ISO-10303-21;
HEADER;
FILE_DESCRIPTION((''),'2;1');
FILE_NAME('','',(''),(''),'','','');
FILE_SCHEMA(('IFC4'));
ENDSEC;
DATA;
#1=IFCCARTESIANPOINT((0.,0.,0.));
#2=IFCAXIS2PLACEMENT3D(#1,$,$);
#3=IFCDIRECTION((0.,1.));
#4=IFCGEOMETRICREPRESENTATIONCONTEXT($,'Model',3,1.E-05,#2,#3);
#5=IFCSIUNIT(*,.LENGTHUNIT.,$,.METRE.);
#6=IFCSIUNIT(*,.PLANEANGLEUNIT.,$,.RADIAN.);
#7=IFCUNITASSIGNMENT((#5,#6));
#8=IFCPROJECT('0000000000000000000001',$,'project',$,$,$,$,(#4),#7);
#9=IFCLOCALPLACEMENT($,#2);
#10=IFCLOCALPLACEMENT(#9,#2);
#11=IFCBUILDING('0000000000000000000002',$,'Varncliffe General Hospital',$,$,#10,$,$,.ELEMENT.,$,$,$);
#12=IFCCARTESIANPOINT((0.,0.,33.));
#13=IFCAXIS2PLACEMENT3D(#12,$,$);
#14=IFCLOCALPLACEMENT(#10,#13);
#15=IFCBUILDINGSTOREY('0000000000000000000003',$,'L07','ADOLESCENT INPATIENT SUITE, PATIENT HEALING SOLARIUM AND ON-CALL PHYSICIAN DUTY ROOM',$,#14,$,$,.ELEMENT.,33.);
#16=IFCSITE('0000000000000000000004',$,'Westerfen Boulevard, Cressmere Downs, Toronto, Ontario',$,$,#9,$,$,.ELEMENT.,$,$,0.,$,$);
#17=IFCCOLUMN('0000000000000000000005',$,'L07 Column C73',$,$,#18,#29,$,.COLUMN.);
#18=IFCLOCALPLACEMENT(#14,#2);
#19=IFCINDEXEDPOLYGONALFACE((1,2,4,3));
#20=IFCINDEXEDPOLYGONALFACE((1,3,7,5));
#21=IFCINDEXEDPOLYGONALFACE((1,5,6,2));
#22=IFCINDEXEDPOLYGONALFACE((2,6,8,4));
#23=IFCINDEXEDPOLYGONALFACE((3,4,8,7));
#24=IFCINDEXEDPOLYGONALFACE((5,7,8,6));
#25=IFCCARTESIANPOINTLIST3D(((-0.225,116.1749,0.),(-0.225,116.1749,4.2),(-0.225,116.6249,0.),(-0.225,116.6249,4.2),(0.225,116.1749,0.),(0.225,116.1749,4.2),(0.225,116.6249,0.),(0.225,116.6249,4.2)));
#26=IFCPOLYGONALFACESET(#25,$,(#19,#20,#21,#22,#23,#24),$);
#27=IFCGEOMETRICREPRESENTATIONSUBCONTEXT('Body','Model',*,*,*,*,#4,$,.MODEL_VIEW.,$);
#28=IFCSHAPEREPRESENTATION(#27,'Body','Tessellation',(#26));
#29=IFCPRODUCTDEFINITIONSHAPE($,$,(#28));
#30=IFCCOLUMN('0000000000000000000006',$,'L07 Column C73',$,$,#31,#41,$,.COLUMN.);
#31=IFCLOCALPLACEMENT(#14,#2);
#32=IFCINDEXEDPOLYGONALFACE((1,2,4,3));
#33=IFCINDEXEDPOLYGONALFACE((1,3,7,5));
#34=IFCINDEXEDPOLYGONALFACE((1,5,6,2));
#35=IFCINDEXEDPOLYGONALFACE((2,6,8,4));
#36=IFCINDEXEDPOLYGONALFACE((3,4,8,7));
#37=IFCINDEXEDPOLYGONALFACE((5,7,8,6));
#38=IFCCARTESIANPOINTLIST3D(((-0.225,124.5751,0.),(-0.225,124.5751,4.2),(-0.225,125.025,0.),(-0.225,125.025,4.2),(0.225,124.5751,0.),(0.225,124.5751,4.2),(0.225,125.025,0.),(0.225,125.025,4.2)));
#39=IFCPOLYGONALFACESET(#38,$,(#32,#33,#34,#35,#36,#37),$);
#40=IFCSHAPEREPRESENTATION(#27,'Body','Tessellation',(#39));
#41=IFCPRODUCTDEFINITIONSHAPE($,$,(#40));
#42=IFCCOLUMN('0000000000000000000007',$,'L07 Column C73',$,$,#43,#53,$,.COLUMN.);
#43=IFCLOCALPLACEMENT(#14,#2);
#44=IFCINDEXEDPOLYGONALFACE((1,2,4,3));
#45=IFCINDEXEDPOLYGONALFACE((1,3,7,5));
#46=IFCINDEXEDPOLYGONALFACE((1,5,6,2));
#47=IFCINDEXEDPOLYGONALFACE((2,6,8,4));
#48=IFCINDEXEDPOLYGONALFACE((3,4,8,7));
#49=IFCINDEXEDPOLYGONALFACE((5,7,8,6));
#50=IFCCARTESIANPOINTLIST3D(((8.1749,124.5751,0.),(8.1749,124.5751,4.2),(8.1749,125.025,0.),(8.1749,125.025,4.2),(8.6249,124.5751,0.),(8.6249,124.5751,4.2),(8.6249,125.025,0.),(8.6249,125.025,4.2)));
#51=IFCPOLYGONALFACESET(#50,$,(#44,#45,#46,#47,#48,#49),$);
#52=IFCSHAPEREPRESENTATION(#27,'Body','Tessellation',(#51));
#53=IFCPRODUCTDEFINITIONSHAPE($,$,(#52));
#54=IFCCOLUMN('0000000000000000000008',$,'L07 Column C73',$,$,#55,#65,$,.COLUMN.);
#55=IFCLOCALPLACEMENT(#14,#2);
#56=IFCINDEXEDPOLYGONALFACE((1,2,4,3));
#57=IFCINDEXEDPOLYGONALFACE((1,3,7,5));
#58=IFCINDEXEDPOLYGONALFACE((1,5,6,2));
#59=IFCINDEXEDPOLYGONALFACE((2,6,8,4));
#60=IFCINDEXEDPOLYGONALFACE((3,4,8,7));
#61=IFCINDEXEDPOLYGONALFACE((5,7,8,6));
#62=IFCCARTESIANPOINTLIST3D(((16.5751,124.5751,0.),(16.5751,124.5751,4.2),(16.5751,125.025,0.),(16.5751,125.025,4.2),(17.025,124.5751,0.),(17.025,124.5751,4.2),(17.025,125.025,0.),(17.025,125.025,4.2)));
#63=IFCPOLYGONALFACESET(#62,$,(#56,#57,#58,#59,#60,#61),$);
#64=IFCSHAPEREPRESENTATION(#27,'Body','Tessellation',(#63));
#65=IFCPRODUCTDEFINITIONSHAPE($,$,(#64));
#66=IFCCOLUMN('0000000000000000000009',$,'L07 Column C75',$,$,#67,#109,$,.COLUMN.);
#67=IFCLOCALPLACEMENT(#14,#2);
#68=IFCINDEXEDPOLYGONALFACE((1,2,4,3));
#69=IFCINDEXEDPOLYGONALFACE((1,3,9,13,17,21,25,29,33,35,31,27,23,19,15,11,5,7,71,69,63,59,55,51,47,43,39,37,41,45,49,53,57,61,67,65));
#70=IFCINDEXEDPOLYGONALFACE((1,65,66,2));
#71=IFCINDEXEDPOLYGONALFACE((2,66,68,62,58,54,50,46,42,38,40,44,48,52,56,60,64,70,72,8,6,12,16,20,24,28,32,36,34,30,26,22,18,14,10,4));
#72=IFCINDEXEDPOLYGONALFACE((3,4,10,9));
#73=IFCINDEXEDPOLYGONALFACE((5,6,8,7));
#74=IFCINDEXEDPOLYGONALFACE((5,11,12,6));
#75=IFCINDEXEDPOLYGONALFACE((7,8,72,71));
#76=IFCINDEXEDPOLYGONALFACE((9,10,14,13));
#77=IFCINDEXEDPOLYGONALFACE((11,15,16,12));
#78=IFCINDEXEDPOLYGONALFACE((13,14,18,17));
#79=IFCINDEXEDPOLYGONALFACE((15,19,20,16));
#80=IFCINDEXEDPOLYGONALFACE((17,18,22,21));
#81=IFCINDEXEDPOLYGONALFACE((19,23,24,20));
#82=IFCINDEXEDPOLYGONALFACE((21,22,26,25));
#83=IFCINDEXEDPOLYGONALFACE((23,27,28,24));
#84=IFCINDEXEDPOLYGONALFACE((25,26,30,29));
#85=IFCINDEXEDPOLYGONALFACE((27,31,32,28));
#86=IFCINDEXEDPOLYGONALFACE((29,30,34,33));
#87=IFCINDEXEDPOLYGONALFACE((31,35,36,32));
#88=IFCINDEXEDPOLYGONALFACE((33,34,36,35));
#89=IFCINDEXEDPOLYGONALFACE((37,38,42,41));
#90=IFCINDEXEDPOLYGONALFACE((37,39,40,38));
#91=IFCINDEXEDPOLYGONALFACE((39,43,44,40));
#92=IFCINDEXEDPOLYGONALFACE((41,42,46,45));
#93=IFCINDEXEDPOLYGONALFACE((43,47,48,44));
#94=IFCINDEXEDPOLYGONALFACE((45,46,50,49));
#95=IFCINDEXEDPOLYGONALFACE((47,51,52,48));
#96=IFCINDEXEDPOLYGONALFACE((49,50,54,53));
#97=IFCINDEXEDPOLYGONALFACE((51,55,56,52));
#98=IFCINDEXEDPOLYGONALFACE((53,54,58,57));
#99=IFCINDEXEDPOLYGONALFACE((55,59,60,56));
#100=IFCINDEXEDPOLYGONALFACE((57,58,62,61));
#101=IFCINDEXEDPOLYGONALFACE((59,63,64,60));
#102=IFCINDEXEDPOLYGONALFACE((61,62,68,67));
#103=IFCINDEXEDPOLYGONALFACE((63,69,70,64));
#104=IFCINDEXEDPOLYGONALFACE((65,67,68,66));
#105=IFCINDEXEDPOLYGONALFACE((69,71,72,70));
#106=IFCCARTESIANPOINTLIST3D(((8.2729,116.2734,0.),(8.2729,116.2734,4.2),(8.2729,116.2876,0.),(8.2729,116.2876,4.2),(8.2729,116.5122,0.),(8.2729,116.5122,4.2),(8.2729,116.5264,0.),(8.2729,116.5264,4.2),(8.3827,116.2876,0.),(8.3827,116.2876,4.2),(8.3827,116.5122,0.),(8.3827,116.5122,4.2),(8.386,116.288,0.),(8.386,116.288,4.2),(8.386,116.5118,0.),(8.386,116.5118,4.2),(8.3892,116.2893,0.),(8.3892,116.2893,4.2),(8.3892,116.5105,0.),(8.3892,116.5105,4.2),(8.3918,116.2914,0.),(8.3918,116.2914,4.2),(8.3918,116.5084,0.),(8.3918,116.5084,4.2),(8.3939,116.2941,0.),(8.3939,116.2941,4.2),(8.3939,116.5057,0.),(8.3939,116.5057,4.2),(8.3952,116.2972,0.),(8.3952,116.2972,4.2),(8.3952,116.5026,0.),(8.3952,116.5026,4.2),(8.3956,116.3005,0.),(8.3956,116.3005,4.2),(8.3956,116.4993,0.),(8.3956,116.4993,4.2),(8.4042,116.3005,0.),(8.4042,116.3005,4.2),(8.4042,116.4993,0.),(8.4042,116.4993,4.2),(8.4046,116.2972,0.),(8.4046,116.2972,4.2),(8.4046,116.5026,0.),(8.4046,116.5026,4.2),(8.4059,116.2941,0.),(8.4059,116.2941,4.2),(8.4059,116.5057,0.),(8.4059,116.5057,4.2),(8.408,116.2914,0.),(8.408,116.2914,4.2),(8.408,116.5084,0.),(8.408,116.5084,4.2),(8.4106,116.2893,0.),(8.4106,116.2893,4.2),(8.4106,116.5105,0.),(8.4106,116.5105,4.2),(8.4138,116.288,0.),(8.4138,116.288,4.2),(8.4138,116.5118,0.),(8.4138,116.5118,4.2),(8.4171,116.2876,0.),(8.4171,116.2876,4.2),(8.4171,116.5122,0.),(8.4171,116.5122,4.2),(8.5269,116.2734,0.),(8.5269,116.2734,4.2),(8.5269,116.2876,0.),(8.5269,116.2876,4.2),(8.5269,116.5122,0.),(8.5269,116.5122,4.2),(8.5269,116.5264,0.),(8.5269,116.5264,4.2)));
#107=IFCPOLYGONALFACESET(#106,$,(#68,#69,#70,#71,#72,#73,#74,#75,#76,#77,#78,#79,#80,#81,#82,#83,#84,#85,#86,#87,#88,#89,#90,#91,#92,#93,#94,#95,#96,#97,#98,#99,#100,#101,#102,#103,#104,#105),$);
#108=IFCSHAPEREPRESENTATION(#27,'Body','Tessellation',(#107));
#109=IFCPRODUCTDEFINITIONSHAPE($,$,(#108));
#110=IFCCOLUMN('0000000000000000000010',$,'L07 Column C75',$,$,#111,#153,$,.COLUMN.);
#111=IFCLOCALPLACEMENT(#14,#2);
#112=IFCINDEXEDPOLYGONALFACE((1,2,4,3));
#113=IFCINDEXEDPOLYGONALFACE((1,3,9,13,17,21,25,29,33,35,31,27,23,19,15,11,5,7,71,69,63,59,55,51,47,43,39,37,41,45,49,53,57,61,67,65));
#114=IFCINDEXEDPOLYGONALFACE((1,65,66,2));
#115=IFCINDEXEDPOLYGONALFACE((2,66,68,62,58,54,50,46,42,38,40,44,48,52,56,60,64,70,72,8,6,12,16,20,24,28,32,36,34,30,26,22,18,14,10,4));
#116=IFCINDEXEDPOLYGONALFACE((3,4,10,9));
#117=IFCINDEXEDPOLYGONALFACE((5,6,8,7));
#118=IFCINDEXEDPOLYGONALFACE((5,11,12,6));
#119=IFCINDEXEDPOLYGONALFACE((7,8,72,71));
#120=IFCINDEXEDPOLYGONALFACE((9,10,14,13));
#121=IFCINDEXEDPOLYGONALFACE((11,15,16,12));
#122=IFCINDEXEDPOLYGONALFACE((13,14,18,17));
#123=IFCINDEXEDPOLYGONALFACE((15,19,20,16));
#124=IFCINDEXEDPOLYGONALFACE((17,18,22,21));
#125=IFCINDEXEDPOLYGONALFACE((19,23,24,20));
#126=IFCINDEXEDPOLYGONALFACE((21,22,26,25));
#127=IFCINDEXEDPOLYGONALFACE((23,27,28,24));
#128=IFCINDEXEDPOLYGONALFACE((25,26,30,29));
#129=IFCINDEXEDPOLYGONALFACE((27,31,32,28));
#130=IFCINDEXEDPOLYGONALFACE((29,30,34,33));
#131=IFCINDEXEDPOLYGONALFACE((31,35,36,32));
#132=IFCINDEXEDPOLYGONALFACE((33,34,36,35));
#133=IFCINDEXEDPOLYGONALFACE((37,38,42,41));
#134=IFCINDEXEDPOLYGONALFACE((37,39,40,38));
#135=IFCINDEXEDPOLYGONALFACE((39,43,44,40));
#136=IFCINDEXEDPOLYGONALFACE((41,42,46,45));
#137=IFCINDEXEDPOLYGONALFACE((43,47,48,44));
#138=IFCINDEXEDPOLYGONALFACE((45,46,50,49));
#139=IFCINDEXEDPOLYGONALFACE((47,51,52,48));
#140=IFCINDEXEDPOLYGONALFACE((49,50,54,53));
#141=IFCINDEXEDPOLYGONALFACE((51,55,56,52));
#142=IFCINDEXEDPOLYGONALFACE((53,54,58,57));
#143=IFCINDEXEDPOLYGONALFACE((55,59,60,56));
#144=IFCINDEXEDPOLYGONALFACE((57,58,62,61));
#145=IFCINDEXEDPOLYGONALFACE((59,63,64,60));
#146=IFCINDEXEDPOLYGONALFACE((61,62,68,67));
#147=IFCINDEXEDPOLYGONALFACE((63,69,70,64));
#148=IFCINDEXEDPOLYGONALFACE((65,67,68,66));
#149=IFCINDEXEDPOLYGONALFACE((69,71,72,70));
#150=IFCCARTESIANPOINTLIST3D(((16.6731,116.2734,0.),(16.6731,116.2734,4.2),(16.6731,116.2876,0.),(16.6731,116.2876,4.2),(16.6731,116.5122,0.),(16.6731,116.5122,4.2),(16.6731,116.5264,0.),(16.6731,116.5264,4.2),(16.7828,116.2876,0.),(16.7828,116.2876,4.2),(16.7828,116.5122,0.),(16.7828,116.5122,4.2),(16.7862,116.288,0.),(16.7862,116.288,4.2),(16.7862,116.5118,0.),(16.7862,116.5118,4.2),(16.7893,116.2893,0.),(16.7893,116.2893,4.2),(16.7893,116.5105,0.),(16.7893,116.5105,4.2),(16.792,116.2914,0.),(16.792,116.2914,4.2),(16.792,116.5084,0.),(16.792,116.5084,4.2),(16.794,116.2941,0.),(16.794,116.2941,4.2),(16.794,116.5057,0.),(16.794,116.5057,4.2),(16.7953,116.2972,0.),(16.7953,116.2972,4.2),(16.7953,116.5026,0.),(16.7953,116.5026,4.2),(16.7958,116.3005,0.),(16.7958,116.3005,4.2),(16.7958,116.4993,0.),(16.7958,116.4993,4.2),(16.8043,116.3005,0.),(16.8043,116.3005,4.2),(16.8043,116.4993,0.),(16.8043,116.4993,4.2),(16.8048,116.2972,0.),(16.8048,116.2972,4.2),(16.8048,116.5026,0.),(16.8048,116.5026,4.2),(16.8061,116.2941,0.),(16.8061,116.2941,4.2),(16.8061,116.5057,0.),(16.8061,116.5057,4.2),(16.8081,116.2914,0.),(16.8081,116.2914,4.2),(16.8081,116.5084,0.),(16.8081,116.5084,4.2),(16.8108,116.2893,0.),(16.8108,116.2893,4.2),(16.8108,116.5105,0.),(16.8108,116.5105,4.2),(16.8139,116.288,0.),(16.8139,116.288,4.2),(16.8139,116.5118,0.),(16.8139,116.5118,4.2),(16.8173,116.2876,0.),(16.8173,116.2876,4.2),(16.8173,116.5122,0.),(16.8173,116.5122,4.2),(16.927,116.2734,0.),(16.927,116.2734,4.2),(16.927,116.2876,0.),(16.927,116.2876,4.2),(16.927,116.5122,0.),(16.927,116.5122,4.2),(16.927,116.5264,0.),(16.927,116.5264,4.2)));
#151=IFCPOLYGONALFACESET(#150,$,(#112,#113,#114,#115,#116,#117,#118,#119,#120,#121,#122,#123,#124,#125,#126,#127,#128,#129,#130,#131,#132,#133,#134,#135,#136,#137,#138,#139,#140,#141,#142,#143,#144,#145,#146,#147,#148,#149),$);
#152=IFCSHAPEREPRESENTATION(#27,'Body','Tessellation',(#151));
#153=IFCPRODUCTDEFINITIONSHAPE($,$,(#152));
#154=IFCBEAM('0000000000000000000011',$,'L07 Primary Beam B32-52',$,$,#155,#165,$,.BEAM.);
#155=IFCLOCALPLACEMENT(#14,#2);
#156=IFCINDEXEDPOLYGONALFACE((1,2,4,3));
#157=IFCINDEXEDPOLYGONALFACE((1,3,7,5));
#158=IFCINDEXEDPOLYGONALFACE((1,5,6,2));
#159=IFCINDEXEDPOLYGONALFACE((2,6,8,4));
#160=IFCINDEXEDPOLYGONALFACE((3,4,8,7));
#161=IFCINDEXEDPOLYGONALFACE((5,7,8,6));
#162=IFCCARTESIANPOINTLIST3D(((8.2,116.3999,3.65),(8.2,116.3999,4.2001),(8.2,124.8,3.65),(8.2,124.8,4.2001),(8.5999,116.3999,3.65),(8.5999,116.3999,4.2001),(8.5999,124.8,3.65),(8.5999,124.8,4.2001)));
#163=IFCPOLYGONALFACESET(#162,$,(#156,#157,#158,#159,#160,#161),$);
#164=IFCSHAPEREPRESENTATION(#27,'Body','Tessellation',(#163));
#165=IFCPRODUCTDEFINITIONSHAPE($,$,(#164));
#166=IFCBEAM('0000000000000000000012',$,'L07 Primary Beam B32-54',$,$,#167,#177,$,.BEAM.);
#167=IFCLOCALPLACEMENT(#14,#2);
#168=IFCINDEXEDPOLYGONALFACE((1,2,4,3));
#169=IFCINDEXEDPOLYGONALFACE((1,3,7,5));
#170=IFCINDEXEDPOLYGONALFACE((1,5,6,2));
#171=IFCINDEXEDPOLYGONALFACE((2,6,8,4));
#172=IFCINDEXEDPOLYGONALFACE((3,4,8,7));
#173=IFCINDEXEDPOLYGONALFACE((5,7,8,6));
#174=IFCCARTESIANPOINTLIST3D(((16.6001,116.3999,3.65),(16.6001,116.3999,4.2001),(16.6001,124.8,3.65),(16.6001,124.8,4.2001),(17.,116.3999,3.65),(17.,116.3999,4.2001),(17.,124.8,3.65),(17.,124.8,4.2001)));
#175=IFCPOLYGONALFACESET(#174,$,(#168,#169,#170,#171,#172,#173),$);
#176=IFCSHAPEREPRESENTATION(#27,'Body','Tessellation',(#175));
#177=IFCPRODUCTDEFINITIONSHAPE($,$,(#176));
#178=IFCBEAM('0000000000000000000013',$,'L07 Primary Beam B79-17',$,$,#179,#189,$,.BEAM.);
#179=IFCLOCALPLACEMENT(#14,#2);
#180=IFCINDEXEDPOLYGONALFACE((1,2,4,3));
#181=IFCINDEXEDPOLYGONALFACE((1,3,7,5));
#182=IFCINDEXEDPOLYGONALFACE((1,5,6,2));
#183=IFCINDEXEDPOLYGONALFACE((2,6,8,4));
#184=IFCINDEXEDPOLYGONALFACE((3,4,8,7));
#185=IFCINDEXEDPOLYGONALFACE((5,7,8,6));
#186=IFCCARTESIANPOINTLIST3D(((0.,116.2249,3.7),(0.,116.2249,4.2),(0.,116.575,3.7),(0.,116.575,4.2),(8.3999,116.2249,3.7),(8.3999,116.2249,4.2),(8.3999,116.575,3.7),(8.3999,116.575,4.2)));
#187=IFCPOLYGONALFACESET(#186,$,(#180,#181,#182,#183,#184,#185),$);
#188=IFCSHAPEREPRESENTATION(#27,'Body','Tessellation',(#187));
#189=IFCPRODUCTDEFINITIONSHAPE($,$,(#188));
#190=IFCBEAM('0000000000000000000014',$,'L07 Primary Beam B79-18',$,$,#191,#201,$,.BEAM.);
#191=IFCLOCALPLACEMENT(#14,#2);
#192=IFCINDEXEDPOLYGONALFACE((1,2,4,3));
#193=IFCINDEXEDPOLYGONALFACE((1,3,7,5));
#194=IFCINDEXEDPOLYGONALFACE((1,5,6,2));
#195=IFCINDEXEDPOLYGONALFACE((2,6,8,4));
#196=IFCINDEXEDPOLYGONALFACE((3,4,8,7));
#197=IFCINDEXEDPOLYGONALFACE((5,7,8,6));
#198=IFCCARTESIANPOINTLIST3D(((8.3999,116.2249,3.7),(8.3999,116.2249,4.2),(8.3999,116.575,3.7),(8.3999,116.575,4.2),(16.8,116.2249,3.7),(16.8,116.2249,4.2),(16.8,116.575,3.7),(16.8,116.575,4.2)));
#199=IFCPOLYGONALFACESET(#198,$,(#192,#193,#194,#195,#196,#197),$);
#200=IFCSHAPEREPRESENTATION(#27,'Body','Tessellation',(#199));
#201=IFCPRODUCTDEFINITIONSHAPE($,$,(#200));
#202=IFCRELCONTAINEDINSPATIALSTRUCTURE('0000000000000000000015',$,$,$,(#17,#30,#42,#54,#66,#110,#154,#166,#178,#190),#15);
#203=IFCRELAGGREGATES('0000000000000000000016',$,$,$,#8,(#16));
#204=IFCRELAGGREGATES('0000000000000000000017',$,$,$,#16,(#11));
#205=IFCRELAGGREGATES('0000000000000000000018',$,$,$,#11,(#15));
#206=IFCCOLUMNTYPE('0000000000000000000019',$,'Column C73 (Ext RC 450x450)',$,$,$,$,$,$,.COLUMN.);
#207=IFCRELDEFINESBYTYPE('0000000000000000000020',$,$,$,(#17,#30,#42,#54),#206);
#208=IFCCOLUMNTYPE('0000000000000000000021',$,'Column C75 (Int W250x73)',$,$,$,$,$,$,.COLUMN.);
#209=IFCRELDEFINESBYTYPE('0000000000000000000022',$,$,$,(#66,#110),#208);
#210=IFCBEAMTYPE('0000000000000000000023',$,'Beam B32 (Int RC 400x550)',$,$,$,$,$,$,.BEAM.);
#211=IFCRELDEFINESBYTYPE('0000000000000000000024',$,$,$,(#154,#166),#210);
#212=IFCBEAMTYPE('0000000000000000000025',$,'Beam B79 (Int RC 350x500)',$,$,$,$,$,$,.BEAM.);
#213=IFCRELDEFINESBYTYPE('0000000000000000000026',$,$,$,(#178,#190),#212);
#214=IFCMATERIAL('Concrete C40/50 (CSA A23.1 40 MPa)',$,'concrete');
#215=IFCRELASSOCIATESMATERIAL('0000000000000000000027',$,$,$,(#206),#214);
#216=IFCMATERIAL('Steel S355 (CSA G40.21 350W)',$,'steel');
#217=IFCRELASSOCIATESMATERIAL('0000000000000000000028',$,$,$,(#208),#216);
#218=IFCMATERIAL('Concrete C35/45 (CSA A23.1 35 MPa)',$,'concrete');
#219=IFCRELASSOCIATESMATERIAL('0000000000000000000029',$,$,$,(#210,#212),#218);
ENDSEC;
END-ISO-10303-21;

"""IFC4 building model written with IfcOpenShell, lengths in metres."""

from ifc_helpers import new_model, si_unit, direction, frame, origin, origin_2d, place, context, subcontext, project, spatial, rectangle, i_section, extrude, material, material_profile, profile_set, type_object, element, save


model = new_model("IFC4")

# Units and contexts
model_context = context("Model", 3, precision=1e-05, world=origin(), true_north=direction((0.0, 1.0)))
body_context = subcontext(model_context, "Body", "Model", "MODEL_VIEW")
ifc_project = project(units=[si_unit("LENGTHUNIT", "METRE"), si_unit("PLANEANGLEUNIT", "RADIAN")], contexts=[model_context])

# Site, building, storey
site_placement = place(None, origin())
site = spatial("IfcSite", under=ifc_project, at=site_placement, Name="Westerfen Boulevard, Cressmere Downs, Toronto, Ontario", CompositionType="ELEMENT", RefElevation=0.0)
building_placement = place(site_placement, origin())
building = spatial("IfcBuilding", under=site, at=building_placement, Name="Varncliffe General Hospital", CompositionType="ELEMENT")
storey_placement = place(building_placement, frame((0.0, 0.0, 33.0)))
storey = spatial("IfcBuildingStorey", under=building, at=storey_placement, Name="L07", Description="ADOLESCENT INPATIENT SUITE, PATIENT HEALING SOLARIUM AND ON-CALL PHYSICIAN DUTY ROOM", CompositionType="ELEMENT", Elevation=33.0)

# Columns
ifc_material_1 = material(Name="Concrete C40/50 (CSA A23.1 40 MPa)", Category="concrete")
ifc_material_profile_1 = material_profile(ifc_material_1, rectangle(XDim=0.45, YDim=0.45, at=origin_2d()), Name="RC 450x450")
ifc_profile_set_1 = profile_set([ifc_material_profile_1], Name="Concrete C40/50 (CSA A23.1 40 MPa)")
column_type_1 = type_object("IfcColumnType", Name="Column C73 (Ext RC 450x450)", PredefinedType="COLUMN", material=ifc_profile_set_1)
for number, where, z_axis, x_axis, name in (
    (1, (0.0, 116.3999, 0.0), (0.0, 0.0, 1.0), (1.0, 0.0, 0.0), "L07 Column C73"),
    (2, (0.0, 124.8, 0.0), (0.0, 0.0, 1.0), (1.0, 0.0, 0.0), "L07 Column C73"),
    (3, (8.3999, 124.8, 0.0), (0.0, 0.0, 1.0), (1.0, 0.0, 0.0), "L07 Column C73"),
    (4, (16.8, 124.8, 0.0), (0.0, 0.0, 1.0), (1.0, 0.0, 0.0), "L07 Column C73"),
):
    element("IfcColumn", number, at=place(storey_placement, frame(where, z_axis=z_axis, x_axis=x_axis)), inside=storey, type_object=column_type_1, Name=name, PredefinedType="COLUMN", context=body_context, shape_type="SweptSolid", body=[
        extrude(rectangle(XDim=0.45, YDim=0.45, at=origin_2d()), origin(), (0.0, 0.0, 1.0), 4.2),
    ])
ifc_material_2 = material(Name="Steel S355 (CSA G40.21 350W)", Category="steel")
ifc_material_profile_2 = material_profile(ifc_material_2, i_section(OverallWidth=0.2539, OverallDepth=0.2529, WebThickness=0.0085, FlangeThickness=0.0142, FilletRadius=0.0129, at=origin_2d()), Name="W250x73")
ifc_profile_set_2 = profile_set([ifc_material_profile_2], Name="Steel S355 (CSA G40.21 350W)")
column_type_2 = type_object("IfcColumnType", Name="Column C75 (Int W250x73)", PredefinedType="COLUMN", material=ifc_profile_set_2)
for number, where, z_axis, x_axis, name in (
    (5, (8.3999, 116.3999, 0.0), (0.0, 0.0, 1.0), (1.0, 0.0, 0.0), "L07 Column C75"),
    (6, (16.8, 116.3999, 0.0), (0.0, 0.0, 1.0), (1.0, 0.0, 0.0), "L07 Column C75"),
):
    element("IfcColumn", number, at=place(storey_placement, frame(where, z_axis=z_axis, x_axis=x_axis)), inside=storey, type_object=column_type_2, Name=name, PredefinedType="COLUMN", context=body_context, shape_type="SweptSolid", body=[
        extrude(i_section(OverallWidth=0.2539, OverallDepth=0.2529, WebThickness=0.0085, FlangeThickness=0.0142, FilletRadius=0.0129, at=origin_2d()), origin(), (0.0, 0.0, 1.0), 4.2),
    ])

# Beams
ifc_material_3 = material(Name="Concrete C35/45 (CSA A23.1 35 MPa)", Category="concrete")
ifc_material_profile_3 = material_profile(ifc_material_3, rectangle(XDim=0.3999, YDim=0.55, at=origin_2d()), Name="RC 400x550")
ifc_profile_set_3 = profile_set([ifc_material_profile_3], Name="Concrete C35/45 (CSA A23.1 35 MPa)")
beam_type_1 = type_object("IfcBeamType", Name="Beam B32 (Int RC 400x550)", PredefinedType="BEAM", material=ifc_profile_set_3)
for number, where, z_axis, x_axis, name in (
    (7, (8.3999, 116.3999, 3.925), (0.0, 1.0, 0.0), (-1.0, 0.0, 0.0), "L07 Primary Beam B32-52"),
    (8, (16.8, 116.3999, 3.925), (0.0, 1.0, 0.0), (-1.0, 0.0, 0.0), "L07 Primary Beam B32-54"),
):
    element("IfcBeam", number, at=place(storey_placement, frame(where, z_axis=z_axis, x_axis=x_axis)), inside=storey, type_object=beam_type_1, Name=name, PredefinedType="BEAM", context=body_context, shape_type="SweptSolid", body=[
        extrude(rectangle(XDim=0.3999, YDim=0.55, at=origin_2d()), origin(), (0.0, 0.0, 1.0), 8.4001),
    ])
ifc_material_profile_4 = material_profile(ifc_material_3, rectangle(XDim=0.3501, YDim=0.5, at=origin_2d()), Name="RC 350x500")
ifc_profile_set_4 = profile_set([ifc_material_profile_4], Name="Concrete C35/45 (CSA A23.1 35 MPa)")
beam_type_2 = type_object("IfcBeamType", Name="Beam B79 (Int RC 350x500)", PredefinedType="BEAM", material=ifc_profile_set_4)
beam_1_placement = place(storey_placement, frame((0.0, 116.3999, 3.95), z_axis=(1.0, 0.0, 0.0), x_axis=(0.0, 1.0, 0.0)))
element("IfcBeam", 9, at=beam_1_placement, inside=storey, type_object=beam_type_2, Name="L07 Primary Beam B79-17", PredefinedType="BEAM", context=body_context, shape_type="SweptSolid", body=[
    extrude(rectangle(XDim=0.3501, YDim=0.5, at=origin_2d()), origin(), (0.0, 0.0, 1.0), 8.3999),
])
beam_2_placement = place(storey_placement, frame((8.3999, 116.3999, 3.95), z_axis=(1.0, 0.0, 0.0), x_axis=(0.0, 1.0, 0.0)))
element("IfcBeam", 10, at=beam_2_placement, inside=storey, type_object=beam_type_2, Name="L07 Primary Beam B79-18", PredefinedType="BEAM", context=body_context, shape_type="SweptSolid", body=[
    extrude(rectangle(XDim=0.3501, YDim=0.5, at=origin_2d()), origin(), (0.0, 0.0, 1.0), 8.4001),
])

save(model, "model.ifc")
